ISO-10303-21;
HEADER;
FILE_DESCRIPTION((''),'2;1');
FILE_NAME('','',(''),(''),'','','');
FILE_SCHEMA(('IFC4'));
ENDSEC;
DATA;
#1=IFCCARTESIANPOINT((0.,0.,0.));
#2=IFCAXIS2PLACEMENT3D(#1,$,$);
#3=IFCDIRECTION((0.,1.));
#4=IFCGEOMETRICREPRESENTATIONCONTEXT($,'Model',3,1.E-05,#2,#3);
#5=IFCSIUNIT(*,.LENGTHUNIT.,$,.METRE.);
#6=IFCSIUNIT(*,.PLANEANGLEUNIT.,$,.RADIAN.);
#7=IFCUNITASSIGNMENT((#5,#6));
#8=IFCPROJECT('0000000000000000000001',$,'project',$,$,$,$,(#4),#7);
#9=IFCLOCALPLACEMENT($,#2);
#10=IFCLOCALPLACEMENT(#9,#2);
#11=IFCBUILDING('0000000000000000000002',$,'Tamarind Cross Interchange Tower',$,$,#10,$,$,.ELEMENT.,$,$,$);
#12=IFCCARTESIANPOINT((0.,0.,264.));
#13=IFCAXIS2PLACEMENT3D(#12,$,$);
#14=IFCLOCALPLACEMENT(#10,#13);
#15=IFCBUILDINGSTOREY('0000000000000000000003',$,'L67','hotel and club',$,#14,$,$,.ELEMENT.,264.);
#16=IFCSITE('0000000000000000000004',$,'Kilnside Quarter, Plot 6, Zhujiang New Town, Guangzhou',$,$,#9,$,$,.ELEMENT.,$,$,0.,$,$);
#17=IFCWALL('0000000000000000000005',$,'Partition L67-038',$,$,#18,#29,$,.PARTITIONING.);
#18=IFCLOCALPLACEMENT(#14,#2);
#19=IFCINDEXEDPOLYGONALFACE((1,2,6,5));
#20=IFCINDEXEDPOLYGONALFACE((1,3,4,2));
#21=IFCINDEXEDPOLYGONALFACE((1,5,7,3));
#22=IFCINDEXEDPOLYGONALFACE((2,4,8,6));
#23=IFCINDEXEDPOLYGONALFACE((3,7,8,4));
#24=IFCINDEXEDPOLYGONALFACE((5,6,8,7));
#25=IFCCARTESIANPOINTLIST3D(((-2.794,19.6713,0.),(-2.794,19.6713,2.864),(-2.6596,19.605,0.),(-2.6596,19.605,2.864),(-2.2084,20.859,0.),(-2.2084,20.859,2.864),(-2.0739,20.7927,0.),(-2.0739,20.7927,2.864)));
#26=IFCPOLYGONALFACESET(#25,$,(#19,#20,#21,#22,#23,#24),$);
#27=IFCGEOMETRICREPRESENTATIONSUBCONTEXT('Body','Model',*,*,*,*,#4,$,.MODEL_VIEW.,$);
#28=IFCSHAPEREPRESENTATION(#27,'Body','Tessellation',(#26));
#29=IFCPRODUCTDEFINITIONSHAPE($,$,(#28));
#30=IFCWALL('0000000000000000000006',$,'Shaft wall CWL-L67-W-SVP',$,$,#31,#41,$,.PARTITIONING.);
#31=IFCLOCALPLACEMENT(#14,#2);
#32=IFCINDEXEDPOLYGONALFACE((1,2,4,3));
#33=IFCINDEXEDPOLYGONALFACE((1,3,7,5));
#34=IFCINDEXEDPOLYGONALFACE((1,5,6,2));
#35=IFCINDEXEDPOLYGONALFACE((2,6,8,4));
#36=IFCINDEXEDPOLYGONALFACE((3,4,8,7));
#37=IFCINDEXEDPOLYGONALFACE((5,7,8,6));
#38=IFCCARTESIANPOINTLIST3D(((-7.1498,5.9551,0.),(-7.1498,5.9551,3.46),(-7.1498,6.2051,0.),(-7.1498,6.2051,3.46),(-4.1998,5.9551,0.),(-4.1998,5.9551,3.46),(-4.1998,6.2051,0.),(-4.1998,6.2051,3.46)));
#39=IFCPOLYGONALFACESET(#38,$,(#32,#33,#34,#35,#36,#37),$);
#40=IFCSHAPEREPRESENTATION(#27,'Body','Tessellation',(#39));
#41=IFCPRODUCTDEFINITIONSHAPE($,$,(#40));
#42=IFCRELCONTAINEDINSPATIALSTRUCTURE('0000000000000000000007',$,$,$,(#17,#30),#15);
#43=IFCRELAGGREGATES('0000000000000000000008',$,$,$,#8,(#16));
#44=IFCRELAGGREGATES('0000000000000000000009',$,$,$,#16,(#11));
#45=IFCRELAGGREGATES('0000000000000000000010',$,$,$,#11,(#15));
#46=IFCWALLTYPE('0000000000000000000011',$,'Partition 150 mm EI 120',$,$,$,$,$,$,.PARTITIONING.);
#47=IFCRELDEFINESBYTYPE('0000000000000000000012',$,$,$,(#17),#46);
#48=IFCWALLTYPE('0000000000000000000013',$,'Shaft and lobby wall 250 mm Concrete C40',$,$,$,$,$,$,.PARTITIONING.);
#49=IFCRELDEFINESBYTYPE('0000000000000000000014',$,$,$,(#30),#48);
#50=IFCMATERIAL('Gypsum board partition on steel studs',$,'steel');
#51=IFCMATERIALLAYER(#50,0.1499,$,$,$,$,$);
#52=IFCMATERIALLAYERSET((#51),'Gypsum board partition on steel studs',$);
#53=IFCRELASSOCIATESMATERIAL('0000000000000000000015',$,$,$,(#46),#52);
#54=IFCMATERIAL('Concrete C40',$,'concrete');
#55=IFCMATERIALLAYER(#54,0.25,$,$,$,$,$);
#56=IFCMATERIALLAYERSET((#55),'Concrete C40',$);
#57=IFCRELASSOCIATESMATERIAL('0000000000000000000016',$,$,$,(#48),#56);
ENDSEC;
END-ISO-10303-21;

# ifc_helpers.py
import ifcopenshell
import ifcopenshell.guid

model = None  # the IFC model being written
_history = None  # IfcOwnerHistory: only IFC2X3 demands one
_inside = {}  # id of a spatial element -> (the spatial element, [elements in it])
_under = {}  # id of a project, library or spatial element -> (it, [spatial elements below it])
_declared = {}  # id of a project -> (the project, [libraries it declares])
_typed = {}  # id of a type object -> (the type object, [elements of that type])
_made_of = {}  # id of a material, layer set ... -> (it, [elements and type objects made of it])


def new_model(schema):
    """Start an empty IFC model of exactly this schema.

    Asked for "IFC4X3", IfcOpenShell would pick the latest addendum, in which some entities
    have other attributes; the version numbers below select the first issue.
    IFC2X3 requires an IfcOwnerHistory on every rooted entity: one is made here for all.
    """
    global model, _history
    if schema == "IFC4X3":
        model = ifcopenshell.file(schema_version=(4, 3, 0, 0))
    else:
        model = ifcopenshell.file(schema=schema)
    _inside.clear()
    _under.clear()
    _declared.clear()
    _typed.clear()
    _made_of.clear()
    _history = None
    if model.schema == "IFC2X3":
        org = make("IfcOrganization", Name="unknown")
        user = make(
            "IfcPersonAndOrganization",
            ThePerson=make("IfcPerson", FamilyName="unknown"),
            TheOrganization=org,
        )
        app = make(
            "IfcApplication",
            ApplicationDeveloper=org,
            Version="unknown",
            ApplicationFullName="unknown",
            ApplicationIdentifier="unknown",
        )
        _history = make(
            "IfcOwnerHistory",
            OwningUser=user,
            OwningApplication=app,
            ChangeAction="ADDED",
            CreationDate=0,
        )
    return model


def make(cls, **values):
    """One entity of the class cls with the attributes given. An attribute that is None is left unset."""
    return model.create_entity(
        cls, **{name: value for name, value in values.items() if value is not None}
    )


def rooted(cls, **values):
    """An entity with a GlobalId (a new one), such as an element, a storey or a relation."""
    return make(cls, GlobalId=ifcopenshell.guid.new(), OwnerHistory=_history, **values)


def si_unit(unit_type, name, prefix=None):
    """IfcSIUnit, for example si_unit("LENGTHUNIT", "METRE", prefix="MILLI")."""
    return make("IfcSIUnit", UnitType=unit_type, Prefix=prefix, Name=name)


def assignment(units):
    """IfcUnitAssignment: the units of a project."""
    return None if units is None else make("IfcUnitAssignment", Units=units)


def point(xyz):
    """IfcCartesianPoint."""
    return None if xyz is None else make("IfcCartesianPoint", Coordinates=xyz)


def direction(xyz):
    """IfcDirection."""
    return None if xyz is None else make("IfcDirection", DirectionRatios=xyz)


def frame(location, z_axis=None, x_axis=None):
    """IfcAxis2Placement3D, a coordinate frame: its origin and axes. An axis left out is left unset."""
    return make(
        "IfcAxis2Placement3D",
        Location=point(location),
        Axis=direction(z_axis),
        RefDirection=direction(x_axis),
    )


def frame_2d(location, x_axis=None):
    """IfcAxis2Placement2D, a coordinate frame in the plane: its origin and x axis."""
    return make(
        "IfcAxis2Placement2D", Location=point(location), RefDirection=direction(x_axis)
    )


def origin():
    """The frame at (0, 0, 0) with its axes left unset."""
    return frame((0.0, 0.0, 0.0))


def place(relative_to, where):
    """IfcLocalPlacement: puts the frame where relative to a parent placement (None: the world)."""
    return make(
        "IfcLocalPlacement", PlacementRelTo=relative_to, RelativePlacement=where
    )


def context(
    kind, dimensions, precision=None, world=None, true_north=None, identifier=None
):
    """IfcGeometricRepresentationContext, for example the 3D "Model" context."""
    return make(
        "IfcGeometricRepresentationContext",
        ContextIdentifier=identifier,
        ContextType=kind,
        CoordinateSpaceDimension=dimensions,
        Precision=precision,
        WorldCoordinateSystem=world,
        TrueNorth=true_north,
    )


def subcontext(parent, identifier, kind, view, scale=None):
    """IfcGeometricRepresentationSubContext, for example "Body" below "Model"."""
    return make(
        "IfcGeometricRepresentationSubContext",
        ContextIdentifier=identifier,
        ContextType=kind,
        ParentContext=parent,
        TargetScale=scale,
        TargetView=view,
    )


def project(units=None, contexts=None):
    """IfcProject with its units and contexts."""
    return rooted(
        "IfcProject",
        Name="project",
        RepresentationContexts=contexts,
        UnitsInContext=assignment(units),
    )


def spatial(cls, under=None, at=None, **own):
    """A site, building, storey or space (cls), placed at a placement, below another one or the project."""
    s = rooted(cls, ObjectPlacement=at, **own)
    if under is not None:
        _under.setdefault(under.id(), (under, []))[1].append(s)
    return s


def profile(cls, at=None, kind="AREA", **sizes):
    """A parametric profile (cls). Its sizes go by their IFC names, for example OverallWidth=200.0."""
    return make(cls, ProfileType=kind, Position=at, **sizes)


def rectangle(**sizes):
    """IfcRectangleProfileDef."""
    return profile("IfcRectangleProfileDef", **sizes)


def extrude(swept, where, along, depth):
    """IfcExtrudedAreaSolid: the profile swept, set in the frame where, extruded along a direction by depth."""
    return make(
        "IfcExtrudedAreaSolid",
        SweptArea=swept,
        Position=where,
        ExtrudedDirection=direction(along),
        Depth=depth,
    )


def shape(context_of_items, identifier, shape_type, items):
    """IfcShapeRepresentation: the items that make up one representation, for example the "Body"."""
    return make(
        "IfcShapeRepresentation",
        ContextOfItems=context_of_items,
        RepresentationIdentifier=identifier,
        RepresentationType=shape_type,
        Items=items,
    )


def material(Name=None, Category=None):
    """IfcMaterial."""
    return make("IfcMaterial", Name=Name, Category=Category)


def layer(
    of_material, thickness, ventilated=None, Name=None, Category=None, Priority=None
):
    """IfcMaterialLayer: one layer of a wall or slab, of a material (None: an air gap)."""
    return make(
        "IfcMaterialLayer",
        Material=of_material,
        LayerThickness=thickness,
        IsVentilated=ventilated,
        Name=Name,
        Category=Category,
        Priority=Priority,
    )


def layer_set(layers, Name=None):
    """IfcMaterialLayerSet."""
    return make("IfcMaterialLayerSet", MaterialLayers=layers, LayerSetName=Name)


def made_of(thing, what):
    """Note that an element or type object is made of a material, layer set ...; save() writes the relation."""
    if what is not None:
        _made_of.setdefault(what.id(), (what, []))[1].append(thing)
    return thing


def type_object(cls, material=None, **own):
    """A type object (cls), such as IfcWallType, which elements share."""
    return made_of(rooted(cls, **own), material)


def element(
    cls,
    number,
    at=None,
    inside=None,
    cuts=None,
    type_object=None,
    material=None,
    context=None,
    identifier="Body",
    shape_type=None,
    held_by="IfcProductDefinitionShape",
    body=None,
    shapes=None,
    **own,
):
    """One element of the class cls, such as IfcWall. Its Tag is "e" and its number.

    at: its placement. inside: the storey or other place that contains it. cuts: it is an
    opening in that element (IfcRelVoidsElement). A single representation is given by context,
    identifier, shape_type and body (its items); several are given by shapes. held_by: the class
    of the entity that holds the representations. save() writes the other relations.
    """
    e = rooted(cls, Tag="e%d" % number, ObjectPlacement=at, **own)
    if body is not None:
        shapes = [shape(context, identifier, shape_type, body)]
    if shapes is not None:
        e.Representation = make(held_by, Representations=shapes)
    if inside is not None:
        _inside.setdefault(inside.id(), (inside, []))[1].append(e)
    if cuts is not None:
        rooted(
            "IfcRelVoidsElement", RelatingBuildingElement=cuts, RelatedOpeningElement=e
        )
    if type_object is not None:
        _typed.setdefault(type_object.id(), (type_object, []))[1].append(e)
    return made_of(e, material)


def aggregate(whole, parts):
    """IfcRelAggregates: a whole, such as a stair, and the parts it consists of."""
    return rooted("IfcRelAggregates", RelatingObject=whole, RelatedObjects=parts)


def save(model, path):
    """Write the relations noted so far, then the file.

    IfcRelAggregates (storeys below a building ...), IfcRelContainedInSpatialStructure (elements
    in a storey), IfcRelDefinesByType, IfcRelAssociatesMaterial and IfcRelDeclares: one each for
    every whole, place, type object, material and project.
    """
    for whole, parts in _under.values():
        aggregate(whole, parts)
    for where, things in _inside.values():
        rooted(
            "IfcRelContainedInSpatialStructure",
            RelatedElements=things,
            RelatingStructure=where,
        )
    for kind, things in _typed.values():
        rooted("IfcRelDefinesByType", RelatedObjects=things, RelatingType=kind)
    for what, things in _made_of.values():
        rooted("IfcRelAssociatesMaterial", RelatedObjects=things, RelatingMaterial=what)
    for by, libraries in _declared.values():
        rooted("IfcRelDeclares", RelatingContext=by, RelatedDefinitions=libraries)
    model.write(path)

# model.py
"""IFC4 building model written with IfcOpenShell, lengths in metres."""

from ifc_helpers import new_model, si_unit, direction, frame, frame_2d, origin, place, context, subcontext, project, spatial, rectangle, extrude, material, layer, layer_set, type_object, element, save


model = new_model("IFC4")

# Units and contexts
model_context = context("Model", 3, precision=1e-05, world=origin(), true_north=direction((0.0, 1.0)))
body_context = subcontext(model_context, "Body", "Model", "MODEL_VIEW")
ifc_project = project(units=[si_unit("LENGTHUNIT", "METRE"), si_unit("PLANEANGLEUNIT", "RADIAN")], contexts=[model_context])

# Site, building, storey
site_placement = place(None, origin())
site = spatial("IfcSite", under=ifc_project, at=site_placement, Name="Kilnside Quarter, Plot 6, Zhujiang New Town, Guangzhou", CompositionType="ELEMENT", RefElevation=0.0)
building_placement = place(site_placement, origin())
building = spatial("IfcBuilding", under=site, at=building_placement, Name="Tamarind Cross Interchange Tower", CompositionType="ELEMENT")
storey_placement = place(building_placement, frame((0.0, 0.0, 264.0)))
storey = spatial("IfcBuildingStorey", under=building, at=storey_placement, Name="L67", Description="hotel and club", CompositionType="ELEMENT", Elevation=264.0)

# Shared definitions
ifc_material_1 = material(Name="Gypsum board partition on steel studs", Category="steel")
ifc_layer_1 = layer(ifc_material_1, 0.1499)
ifc_layer_set_1 = layer_set([ifc_layer_1], Name="Gypsum board partition on steel studs")
wall_type_1 = type_object("IfcWallType", Name="Partition 150 mm EI 120", PredefinedType="PARTITIONING", material=ifc_layer_set_1)

# Walls
wall_1_placement = place(storey_placement, frame((-2.7268, 19.6382, 0.0), z_axis=(0.0, 0.0, 1.0), x_axis=(0.442266, 0.896884, 0.0)))
element("IfcWall", 1, at=wall_1_placement, inside=storey, type_object=wall_type_1, Name="Partition L67-038", PredefinedType="PARTITIONING", context=body_context, shape_type="SweptSolid", body=[
    extrude(rectangle(XDim=1.3242, YDim=0.1499, at=frame_2d((0.6621, 0.0))), origin(), (0.0, 0.0, 1.0), 2.864),
])
ifc_material_2 = material(Name="Concrete C40", Category="concrete")
ifc_layer_2 = layer(ifc_material_2, 0.25)
ifc_layer_set_2 = layer_set([ifc_layer_2], Name="Concrete C40")
wall_type_2 = type_object("IfcWallType", Name="Shaft and lobby wall 250 mm Concrete C40", PredefinedType="PARTITIONING", material=ifc_layer_set_2)
wall_2_placement = place(storey_placement, frame((-7.1499, 6.0801, 0.0), z_axis=(0.0, 0.0, 1.0), x_axis=(1.0, 0.0, 0.0)))
element("IfcWall", 2, at=wall_2_placement, inside=storey, type_object=wall_type_2, Name="Shaft wall CWL-L67-W-SVP", PredefinedType="PARTITIONING", context=body_context, shape_type="SweptSolid", body=[
    extrude(rectangle(XDim=2.95, YDim=0.25, at=frame_2d((1.4751, 0.0))), origin(), (0.0, 0.0, 1.0), 3.46),
])

save(model, "model.ifc")
